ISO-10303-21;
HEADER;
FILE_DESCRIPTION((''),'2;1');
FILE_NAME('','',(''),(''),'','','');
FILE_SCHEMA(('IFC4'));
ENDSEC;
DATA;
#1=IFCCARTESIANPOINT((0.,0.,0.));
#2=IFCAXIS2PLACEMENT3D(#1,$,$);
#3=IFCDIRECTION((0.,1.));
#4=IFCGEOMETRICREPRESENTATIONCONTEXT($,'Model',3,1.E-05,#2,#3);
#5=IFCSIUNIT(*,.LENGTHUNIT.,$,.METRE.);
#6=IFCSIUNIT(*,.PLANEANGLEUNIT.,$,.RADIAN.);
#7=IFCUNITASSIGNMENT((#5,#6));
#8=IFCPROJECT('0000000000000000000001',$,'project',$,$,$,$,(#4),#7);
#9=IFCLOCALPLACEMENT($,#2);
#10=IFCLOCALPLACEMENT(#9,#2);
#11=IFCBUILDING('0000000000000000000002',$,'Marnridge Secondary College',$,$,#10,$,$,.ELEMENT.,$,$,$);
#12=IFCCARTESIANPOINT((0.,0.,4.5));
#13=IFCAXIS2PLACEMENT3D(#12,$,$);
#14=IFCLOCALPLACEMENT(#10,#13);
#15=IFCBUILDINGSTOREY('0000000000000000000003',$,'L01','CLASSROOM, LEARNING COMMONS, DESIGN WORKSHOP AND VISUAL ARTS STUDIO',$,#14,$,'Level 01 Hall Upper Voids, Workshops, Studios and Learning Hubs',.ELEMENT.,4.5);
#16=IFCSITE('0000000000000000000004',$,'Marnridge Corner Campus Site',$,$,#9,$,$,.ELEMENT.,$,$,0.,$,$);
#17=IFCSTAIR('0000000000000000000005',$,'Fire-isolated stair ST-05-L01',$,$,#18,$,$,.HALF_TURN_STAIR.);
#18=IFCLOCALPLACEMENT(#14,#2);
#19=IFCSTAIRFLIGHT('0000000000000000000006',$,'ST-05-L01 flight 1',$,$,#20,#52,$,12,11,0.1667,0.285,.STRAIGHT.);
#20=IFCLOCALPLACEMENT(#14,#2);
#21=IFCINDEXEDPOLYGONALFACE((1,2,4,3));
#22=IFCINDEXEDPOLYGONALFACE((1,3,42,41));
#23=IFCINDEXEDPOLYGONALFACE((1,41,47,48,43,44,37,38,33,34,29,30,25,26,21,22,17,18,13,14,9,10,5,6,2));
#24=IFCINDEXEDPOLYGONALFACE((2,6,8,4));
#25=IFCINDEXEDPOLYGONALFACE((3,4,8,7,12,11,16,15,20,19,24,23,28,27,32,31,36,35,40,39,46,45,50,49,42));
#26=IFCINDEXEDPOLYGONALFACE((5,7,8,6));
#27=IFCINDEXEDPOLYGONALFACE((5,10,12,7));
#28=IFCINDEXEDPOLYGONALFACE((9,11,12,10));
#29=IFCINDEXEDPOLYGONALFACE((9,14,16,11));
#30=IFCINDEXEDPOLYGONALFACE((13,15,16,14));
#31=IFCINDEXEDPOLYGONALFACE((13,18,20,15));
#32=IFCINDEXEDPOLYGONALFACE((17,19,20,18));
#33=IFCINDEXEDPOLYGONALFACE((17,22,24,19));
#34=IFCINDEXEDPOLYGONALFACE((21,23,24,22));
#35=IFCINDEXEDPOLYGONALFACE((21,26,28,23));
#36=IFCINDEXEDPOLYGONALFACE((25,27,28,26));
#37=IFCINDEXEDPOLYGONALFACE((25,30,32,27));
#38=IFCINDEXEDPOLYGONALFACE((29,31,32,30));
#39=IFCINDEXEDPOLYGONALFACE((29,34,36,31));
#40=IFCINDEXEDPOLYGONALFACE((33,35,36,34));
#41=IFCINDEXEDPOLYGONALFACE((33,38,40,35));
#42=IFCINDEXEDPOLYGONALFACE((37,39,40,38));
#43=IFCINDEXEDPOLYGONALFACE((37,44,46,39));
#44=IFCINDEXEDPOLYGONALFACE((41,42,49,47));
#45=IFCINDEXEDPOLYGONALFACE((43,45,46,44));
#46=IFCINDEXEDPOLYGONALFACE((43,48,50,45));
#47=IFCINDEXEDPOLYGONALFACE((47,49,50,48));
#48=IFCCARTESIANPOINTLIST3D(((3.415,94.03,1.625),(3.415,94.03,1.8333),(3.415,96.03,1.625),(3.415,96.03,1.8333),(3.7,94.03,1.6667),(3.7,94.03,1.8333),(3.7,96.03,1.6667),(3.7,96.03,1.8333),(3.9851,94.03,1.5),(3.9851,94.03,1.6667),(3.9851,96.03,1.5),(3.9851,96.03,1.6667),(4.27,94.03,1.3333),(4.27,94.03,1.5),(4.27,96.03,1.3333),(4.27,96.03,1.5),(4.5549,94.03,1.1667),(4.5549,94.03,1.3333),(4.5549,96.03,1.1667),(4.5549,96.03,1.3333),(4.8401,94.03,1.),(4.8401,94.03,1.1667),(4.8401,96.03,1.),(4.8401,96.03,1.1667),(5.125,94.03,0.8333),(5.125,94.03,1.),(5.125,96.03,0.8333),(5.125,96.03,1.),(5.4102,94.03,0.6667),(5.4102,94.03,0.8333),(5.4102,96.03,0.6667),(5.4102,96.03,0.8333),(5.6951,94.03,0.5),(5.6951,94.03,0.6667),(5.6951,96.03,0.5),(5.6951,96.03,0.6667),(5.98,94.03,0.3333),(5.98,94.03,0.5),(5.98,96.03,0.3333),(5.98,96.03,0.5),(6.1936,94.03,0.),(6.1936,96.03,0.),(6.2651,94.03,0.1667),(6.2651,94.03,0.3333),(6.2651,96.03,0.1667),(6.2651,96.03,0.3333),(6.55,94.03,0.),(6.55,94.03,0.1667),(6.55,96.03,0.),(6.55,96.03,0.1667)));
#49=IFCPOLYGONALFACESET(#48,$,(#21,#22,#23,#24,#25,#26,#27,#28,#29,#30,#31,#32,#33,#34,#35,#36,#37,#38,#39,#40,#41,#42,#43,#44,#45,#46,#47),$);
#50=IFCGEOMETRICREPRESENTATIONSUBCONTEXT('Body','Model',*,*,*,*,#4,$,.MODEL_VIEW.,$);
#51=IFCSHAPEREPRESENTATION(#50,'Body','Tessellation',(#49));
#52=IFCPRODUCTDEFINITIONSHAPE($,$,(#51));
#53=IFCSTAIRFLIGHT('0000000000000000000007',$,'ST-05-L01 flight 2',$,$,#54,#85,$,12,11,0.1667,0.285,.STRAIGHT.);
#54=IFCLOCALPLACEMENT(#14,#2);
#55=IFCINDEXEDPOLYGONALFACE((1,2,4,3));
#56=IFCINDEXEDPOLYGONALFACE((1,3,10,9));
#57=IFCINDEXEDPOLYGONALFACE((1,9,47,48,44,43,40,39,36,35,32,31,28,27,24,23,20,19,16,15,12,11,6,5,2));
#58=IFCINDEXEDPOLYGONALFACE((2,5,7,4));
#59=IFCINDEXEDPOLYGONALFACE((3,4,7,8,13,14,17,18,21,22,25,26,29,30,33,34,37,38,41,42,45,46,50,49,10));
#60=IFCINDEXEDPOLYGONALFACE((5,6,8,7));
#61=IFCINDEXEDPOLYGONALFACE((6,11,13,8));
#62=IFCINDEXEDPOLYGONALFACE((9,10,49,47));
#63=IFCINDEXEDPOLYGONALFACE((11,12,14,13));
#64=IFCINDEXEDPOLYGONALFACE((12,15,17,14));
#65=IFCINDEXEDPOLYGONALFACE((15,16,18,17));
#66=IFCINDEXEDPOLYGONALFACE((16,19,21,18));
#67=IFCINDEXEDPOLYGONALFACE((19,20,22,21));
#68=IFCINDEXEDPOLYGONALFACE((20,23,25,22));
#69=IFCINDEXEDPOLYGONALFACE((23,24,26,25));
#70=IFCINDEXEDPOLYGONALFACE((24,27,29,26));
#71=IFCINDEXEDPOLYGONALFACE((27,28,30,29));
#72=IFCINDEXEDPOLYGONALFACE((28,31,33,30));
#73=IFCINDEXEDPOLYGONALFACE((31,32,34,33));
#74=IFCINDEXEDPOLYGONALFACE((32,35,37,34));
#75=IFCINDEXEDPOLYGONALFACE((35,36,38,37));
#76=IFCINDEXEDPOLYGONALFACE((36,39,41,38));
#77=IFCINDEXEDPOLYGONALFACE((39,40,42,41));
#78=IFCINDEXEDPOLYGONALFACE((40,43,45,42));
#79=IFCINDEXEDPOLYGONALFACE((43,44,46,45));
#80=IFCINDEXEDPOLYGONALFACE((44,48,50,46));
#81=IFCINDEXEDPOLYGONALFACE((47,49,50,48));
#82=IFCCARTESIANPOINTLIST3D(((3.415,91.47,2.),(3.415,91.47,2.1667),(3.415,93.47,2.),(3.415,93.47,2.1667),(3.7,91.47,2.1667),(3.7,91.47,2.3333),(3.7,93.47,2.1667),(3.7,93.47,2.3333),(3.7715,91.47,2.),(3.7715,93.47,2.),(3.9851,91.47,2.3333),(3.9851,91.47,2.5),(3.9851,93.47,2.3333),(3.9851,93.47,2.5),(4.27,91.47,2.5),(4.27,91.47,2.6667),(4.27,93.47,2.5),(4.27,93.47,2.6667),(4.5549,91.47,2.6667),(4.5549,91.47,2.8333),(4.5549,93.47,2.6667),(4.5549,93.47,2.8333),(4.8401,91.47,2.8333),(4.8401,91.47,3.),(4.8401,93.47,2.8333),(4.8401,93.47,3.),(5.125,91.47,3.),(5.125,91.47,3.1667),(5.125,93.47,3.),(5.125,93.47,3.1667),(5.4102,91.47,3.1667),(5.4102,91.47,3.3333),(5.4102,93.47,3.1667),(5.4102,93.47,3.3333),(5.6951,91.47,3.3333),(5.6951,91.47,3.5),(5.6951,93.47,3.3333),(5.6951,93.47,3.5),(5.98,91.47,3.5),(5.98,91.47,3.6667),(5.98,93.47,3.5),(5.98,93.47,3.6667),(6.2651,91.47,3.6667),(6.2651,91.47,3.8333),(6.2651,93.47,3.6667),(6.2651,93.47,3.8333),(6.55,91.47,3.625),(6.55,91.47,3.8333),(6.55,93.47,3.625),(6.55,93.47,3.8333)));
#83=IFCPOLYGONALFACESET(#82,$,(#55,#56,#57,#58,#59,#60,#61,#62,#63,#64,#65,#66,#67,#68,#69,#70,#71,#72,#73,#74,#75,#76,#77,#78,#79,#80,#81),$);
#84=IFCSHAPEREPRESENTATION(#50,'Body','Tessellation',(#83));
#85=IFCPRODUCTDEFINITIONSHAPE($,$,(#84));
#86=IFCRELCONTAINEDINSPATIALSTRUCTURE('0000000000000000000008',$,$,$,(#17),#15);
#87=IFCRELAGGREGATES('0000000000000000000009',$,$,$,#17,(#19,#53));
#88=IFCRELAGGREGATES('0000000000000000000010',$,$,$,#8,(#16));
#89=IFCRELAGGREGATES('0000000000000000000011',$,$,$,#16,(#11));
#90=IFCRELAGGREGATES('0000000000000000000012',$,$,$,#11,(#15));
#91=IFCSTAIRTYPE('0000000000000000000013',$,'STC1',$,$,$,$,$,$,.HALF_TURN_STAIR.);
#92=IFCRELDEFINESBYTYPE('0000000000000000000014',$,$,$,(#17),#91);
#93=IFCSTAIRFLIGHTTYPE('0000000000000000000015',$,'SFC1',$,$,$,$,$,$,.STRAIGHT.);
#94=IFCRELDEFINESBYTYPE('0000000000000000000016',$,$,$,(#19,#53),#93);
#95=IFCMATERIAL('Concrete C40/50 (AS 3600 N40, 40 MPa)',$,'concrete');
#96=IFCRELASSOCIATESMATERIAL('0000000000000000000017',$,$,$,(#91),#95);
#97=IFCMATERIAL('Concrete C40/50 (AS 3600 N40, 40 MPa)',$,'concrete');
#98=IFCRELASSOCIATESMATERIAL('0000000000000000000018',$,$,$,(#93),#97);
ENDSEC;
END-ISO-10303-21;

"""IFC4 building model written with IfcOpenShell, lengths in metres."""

from ifc_helpers import new_model, si_unit, direction, frame, origin, place, context, subcontext, project, spatial, polyline, outline, extrude, material, type_object, element, aggregate, save


model = new_model("IFC4")

# Units and contexts
model_context = context("Model", 3, precision=1e-05, world=origin(), true_north=direction((0.0, 1.0)))
body_context = subcontext(model_context, "Body", "Model", "MODEL_VIEW")
ifc_project = project(units=[si_unit("LENGTHUNIT", "METRE"), si_unit("PLANEANGLEUNIT", "RADIAN")], contexts=[model_context])

# Site, building, storey
site_placement = place(None, origin())
site = spatial("IfcSite", under=ifc_project, at=site_placement, Name="Marnridge Corner Campus Site", CompositionType="ELEMENT", RefElevation=0.0)
building_placement = place(site_placement, origin())
building = spatial("IfcBuilding", under=site, at=building_placement, Name="Marnridge Secondary College", CompositionType="ELEMENT")
storey_placement = place(building_placement, frame((0.0, 0.0, 4.5)))
storey = spatial("IfcBuildingStorey", under=building, at=storey_placement, Name="L01", Description="CLASSROOM, LEARNING COMMONS, DESIGN WORKSHOP AND VISUAL ARTS STUDIO", LongName="Level 01 Hall Upper Voids, Workshops, Studios and Learning Hubs", CompositionType="ELEMENT", Elevation=4.5)

# Stair, stair flights
ifc_material_1 = material(Name="Concrete C40/50 (AS 3600 N40, 40 MPa)", Category="concrete")
stair_type = type_object("IfcStairType", Name="STC1", PredefinedType="HALF_TURN_STAIR", material=ifc_material_1)
stair_placement = place(storey_placement, origin())
stair = element("IfcStair", 1, at=stair_placement, inside=storey, type_object=stair_type, Name="Fire-isolated stair ST-05-L01", PredefinedType="HALF_TURN_STAIR")
ifc_material_2 = material(Name="Concrete C40/50 (AS 3600 N40, 40 MPa)", Category="concrete")
stair_flight_type = type_object("IfcStairFlightType", Name="SFC1", PredefinedType="STRAIGHT", material=ifc_material_2)
stair_flight_1_placement = place(storey_placement, frame((6.55, 95.03, 0.0), z_axis=(0.0, 0.0, 1.0), x_axis=(-1.0, 0.0, 0.0)))
stair_flight_1 = element("IfcStairFlight", 2, at=stair_flight_1_placement, type_object=stair_flight_type, Name="ST-05-L01 flight 1", NumberOfRisers=12, NumberOfTreads=11, PredefinedType="STRAIGHT", RiserHeight=0.1667, TreadLength=0.285, context=body_context, shape_type="SweptSolid", body=[
    extrude(outline(polyline([(0.0, 0.0), (0.0, 0.1667), (0.2849, 0.1667), (0.2849, 0.3333), (0.5701, 0.3333), (0.5701, 0.5), (0.855, 0.5), (0.855, 0.6667), (1.1399, 0.6667), (1.1399, 0.8333), (1.425, 0.8333), (1.425, 1.0), (1.71, 1.0), (1.71, 1.1667), (1.9951, 1.1667), (1.9951, 1.3333), (2.28, 1.3333), (2.28, 1.5), (2.5649, 1.5), (2.5649, 1.6667), (2.8501, 1.6667), (2.8501, 1.8333), (3.135, 1.8333), (3.135, 2.0), (3.135, 1.625), (0.3564, 0.0), (0.0, 0.0)])), frame((0.0, 1.0, 0.0), z_axis=(0.0, -1.0, 0.0), x_axis=(1.0, 0.0, 0.0)), (0.0, 0.0, 1.0), 2.0),
])
stair_flight_2_placement = place(storey_placement, frame((3.415, 92.47, 2.0), z_axis=(0.0, 0.0, 1.0), x_axis=(1.0, 0.0, 0.0)))
stair_flight_2 = element("IfcStairFlight", 3, at=stair_flight_2_placement, type_object=stair_flight_type, Name="ST-05-L01 flight 2", NumberOfRisers=12, NumberOfTreads=11, PredefinedType="STRAIGHT", RiserHeight=0.1667, TreadLength=0.285, context=body_context, shape_type="SweptSolid", body=[
    extrude(outline(polyline([(0.0, 0.0), (0.0, 0.1667), (0.2849, 0.1667), (0.2849, 0.3333), (0.5701, 0.3333), (0.5701, 0.5), (0.855, 0.5), (0.855, 0.6667), (1.1399, 0.6667), (1.1399, 0.8333), (1.425, 0.8333), (1.425, 1.0), (1.71, 1.0), (1.71, 1.1667), (1.9951, 1.1667), (1.9951, 1.3333), (2.28, 1.3333), (2.28, 1.5), (2.5649, 1.5), (2.5649, 1.6667), (2.8501, 1.6667), (2.8501, 1.8333), (3.135, 1.8333), (3.135, 2.0), (3.135, 1.625), (0.3564, 0.0), (0.0, 0.0)])), frame((0.0, 1.0, 0.0), z_axis=(0.0, -1.0, 0.0), x_axis=(1.0, 0.0, 0.0)), (0.0, 0.0, 1.0), 2.0),
])
aggregate(stair, [stair_flight_1, stair_flight_2])

save(model, "model.ifc")
